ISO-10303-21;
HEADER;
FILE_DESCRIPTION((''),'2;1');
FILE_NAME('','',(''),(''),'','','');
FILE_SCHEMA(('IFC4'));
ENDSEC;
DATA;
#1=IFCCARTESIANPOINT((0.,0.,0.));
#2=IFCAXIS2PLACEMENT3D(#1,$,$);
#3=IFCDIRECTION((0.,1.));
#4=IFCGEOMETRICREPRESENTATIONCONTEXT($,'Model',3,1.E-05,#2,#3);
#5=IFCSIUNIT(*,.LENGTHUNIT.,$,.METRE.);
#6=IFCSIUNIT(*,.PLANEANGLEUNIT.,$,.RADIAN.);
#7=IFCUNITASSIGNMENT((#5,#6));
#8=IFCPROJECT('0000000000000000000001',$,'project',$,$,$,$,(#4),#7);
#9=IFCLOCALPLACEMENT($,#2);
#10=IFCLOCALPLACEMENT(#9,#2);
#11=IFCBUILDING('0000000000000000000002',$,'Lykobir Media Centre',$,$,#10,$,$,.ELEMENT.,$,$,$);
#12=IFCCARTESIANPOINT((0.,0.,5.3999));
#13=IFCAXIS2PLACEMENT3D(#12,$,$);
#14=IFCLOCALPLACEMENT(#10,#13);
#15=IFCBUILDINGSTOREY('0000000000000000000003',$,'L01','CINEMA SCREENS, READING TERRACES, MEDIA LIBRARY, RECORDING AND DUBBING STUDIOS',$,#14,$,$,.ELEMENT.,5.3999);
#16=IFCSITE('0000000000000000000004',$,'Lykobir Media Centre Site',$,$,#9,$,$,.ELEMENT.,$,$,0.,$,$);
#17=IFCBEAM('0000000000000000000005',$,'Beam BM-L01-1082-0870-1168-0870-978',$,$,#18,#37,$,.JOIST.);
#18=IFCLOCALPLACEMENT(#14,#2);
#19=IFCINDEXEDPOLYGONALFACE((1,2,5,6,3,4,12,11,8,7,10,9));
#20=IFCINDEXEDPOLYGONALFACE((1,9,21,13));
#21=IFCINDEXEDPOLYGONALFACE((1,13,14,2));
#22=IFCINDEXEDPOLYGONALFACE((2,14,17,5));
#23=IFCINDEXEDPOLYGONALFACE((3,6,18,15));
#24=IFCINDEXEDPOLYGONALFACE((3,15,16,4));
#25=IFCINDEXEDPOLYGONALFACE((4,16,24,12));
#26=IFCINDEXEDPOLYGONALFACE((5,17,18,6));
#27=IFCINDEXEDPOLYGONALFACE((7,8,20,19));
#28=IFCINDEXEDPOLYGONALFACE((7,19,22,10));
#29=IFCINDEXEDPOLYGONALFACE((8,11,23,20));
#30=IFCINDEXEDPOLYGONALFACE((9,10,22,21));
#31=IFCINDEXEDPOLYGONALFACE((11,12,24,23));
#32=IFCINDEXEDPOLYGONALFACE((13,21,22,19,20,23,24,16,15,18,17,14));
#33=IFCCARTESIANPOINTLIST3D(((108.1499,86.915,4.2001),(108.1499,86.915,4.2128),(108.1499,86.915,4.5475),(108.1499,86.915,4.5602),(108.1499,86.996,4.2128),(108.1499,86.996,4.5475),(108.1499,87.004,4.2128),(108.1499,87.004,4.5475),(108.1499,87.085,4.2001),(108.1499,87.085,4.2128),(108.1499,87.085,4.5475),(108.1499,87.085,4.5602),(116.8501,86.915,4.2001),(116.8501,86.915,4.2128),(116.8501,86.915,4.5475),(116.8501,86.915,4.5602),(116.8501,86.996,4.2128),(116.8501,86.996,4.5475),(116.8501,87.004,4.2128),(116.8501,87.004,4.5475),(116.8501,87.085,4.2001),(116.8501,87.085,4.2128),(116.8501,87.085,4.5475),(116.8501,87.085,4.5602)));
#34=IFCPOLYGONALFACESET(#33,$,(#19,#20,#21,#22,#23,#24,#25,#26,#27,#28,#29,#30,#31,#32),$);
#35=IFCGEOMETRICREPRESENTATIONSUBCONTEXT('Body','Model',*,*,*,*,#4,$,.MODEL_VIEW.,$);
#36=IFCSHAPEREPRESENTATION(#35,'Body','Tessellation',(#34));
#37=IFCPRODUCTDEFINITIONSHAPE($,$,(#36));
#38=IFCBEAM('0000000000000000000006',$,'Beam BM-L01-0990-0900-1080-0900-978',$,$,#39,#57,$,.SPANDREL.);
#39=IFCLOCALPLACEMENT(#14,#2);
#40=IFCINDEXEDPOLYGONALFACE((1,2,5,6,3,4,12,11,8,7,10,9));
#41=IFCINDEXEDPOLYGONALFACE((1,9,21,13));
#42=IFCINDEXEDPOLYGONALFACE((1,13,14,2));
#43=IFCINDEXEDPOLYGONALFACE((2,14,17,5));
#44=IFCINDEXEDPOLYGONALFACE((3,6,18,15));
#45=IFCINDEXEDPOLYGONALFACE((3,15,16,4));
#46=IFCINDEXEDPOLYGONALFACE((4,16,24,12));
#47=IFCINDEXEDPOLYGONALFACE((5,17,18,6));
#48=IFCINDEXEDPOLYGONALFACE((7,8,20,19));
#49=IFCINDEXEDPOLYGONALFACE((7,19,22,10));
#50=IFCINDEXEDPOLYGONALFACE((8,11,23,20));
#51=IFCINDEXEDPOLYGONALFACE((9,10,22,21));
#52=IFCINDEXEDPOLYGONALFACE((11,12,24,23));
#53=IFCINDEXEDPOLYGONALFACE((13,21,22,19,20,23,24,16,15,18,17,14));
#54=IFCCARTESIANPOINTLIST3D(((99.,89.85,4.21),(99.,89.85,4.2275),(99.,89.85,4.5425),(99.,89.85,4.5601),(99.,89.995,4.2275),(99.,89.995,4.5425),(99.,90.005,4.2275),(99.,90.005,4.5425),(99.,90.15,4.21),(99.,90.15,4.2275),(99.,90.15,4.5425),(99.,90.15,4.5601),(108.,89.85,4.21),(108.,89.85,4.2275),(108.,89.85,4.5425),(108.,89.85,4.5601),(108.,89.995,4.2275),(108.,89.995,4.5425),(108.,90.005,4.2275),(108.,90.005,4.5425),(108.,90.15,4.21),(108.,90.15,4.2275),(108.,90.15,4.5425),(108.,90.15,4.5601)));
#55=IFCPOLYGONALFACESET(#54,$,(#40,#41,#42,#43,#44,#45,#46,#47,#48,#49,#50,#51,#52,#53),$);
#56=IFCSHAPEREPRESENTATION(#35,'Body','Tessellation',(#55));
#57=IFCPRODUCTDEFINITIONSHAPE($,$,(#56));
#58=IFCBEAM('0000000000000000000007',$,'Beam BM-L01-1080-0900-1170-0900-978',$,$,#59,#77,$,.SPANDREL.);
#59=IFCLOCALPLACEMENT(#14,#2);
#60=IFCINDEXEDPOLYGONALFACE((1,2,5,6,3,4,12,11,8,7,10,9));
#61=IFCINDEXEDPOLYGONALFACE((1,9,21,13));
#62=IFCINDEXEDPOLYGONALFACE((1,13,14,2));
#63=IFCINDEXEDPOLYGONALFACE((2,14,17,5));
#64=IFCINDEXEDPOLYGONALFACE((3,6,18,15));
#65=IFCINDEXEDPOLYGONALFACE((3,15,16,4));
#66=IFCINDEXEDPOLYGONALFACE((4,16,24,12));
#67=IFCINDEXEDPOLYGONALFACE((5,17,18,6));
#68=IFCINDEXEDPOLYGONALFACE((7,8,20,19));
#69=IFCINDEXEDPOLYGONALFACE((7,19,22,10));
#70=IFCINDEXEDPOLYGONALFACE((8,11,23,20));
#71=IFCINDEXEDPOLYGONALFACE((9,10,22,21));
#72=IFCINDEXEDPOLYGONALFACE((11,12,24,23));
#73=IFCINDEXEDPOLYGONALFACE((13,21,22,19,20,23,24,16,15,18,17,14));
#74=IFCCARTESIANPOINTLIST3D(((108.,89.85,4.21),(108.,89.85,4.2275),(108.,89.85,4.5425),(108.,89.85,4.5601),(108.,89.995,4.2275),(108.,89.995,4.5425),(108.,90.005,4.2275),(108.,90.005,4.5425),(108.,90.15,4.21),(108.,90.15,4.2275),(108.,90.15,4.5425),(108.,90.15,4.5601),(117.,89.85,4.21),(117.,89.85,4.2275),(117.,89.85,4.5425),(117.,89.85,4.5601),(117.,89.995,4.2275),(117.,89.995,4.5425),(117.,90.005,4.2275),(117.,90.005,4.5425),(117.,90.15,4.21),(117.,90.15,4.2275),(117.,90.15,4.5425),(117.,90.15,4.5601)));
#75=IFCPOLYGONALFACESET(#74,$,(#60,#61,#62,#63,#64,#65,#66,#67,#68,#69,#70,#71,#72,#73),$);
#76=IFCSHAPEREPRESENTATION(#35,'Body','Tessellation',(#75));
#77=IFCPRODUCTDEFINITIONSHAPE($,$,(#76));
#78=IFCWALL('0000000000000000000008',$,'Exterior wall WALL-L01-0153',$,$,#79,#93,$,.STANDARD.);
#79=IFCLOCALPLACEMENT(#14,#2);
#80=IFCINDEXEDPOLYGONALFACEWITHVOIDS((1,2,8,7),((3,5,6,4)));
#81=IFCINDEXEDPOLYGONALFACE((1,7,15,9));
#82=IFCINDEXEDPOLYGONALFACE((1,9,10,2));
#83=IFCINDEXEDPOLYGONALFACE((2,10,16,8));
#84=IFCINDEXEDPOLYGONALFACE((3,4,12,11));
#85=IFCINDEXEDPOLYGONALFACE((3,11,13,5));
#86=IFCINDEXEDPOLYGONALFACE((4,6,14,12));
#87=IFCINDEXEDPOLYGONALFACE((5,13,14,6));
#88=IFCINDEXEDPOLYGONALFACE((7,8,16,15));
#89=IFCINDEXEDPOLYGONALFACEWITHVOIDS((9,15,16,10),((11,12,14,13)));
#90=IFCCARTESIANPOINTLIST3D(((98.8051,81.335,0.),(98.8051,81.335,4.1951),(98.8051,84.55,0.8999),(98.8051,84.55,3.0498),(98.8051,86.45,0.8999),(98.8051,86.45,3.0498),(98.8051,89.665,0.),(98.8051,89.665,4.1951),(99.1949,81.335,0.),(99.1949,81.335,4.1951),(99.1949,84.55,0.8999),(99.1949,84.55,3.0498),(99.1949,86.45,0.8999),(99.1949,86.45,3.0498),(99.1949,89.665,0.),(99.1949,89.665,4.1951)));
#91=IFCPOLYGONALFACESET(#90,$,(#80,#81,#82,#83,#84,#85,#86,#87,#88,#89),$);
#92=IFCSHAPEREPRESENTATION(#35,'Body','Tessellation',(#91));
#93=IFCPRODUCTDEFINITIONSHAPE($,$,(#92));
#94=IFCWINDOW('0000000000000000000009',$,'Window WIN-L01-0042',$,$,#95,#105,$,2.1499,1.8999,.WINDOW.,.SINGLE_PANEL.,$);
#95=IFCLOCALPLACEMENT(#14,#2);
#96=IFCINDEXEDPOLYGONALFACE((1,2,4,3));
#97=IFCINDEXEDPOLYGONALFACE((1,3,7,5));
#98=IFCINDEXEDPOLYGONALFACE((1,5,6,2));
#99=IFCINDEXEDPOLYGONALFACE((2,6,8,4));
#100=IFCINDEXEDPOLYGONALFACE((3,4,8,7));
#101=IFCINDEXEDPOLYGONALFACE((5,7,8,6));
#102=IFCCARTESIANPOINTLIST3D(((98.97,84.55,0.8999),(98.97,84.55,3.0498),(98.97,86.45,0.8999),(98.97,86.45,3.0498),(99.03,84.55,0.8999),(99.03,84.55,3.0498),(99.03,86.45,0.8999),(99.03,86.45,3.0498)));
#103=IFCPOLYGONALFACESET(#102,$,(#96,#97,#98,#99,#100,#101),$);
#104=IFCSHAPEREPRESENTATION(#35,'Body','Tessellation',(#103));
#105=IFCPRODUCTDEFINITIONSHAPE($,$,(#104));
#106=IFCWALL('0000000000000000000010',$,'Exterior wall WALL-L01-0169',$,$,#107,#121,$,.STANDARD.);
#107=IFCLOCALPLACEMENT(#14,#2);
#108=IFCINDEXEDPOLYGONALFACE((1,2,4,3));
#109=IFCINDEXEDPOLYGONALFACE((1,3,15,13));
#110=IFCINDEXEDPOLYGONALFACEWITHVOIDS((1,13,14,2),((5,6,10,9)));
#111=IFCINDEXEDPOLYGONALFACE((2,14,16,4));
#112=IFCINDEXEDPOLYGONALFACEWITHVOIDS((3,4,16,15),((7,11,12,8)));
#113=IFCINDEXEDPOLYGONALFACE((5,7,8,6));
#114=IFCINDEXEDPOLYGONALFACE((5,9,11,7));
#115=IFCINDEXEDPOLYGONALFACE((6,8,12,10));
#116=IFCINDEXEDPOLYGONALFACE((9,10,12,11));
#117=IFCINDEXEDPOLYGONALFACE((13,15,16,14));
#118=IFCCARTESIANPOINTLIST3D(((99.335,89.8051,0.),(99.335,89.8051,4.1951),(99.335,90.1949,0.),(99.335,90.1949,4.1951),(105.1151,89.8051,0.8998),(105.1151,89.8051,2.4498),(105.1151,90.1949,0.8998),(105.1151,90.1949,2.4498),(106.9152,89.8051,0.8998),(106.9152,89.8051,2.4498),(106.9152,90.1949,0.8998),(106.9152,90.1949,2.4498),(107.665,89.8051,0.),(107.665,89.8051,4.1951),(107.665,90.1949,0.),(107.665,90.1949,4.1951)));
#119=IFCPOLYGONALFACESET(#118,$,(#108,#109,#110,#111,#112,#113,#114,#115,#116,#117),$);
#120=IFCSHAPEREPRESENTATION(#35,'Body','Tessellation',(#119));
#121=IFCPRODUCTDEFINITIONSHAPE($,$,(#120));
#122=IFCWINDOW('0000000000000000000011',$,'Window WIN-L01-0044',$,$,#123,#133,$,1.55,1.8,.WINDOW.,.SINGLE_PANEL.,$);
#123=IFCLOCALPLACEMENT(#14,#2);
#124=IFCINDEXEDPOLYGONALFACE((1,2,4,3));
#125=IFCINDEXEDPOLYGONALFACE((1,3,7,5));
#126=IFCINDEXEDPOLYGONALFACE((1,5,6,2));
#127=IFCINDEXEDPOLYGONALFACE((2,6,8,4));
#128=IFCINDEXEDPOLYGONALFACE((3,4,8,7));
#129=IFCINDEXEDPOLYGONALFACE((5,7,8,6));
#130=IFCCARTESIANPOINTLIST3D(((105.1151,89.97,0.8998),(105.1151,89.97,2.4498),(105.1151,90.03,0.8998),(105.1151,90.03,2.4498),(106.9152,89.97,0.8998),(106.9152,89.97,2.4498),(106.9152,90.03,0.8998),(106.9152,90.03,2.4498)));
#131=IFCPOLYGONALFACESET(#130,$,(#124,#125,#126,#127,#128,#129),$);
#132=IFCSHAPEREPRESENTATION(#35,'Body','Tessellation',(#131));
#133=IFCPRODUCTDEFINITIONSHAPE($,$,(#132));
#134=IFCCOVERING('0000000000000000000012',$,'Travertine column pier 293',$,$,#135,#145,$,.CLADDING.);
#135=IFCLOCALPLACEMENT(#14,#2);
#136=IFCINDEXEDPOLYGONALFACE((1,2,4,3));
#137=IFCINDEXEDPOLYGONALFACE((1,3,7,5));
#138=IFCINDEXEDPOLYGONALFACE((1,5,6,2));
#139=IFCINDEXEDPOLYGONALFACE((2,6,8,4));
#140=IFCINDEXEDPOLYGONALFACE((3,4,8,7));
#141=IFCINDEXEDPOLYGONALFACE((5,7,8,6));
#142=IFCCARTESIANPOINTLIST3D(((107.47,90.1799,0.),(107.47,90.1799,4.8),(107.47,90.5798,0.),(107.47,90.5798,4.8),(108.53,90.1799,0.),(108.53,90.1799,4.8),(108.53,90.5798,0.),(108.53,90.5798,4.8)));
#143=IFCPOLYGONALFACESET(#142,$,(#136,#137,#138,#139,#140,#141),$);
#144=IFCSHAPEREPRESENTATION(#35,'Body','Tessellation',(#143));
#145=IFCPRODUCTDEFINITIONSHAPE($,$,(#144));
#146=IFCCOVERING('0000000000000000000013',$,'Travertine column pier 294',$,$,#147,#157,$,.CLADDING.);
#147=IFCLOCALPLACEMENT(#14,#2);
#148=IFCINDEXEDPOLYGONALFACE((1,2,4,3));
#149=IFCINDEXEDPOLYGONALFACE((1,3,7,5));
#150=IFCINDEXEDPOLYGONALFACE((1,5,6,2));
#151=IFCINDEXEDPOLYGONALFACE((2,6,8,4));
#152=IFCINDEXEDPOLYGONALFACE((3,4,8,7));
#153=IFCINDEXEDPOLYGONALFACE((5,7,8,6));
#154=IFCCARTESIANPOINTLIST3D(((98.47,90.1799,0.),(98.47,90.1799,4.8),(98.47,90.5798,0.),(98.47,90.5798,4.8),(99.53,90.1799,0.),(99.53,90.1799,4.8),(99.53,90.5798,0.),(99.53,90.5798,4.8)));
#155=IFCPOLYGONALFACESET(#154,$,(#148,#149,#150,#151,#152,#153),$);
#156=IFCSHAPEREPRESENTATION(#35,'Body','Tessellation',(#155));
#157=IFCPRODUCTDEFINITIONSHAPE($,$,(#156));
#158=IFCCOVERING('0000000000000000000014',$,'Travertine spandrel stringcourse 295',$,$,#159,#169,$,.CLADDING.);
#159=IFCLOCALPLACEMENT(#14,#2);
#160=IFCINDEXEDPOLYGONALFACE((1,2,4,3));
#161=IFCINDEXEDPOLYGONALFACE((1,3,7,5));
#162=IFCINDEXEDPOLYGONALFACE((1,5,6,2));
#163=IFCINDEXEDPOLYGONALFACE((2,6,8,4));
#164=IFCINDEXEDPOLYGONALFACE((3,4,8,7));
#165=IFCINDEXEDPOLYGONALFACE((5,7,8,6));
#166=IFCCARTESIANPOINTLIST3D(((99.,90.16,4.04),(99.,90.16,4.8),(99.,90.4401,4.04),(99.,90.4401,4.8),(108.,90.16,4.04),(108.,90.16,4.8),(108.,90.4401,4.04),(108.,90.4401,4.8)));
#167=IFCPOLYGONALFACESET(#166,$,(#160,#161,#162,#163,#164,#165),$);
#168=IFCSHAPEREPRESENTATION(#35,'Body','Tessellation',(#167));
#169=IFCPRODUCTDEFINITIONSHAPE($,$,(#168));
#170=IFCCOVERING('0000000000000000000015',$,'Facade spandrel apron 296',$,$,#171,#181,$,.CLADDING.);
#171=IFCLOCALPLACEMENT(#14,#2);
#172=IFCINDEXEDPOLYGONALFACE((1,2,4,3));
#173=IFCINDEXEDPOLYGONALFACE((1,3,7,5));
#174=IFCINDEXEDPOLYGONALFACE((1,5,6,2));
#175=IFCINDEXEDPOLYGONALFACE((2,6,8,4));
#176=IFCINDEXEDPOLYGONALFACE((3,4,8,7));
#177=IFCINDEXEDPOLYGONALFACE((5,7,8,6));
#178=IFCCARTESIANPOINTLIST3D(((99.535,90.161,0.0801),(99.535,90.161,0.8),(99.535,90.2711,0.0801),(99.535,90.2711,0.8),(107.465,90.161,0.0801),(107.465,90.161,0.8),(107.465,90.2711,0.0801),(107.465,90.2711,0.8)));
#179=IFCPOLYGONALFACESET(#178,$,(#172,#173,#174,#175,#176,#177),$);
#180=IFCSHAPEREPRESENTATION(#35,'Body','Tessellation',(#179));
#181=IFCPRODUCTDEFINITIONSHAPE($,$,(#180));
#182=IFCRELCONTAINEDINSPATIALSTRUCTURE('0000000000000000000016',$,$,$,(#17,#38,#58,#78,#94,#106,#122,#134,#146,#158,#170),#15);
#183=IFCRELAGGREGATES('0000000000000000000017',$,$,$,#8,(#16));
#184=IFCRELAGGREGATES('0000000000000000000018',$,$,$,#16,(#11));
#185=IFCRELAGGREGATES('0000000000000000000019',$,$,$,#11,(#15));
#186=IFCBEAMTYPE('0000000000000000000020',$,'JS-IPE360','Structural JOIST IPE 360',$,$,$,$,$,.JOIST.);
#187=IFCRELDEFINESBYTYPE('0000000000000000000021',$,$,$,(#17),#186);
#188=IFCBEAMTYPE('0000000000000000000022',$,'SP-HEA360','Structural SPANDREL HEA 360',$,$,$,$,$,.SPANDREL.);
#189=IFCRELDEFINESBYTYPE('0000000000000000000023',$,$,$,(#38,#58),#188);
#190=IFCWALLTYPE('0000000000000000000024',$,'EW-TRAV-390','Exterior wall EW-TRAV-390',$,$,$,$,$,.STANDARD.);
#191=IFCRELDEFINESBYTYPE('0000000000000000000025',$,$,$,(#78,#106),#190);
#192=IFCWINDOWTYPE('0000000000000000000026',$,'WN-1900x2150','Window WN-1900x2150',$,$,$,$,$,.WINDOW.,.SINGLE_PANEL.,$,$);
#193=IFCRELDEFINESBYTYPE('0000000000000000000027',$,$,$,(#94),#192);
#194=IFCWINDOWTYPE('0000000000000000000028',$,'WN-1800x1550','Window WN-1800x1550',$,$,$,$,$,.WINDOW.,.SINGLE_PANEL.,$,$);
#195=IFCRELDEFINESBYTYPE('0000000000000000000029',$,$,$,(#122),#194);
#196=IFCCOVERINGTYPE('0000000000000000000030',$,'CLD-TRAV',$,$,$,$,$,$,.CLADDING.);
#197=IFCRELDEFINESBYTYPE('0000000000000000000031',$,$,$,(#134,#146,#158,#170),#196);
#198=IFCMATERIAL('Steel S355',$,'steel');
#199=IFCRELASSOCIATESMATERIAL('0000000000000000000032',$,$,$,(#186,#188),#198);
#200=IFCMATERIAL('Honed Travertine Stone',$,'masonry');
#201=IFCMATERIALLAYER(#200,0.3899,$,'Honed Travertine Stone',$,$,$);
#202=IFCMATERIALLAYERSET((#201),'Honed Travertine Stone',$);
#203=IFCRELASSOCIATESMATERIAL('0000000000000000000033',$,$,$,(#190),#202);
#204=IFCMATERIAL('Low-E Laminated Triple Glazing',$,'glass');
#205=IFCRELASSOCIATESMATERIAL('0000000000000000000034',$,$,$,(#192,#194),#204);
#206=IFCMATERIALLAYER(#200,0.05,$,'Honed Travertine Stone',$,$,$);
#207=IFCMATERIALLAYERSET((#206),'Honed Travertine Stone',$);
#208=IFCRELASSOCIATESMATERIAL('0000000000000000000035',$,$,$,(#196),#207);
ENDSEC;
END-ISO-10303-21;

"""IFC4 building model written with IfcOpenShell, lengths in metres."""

from ifc_helpers import new_model, si_unit, direction, frame, frame_2d, origin, origin_2d, place, context, subcontext, project, spatial, rectangle, i_section, extrude, material, layer, layer_set, material_profile, profile_set, type_object, element, fill, save


model = new_model("IFC4")

# Units and contexts
model_context = context("Model", 3, precision=1e-05, world=origin(), true_north=direction((0.0, 1.0)))
body_context = subcontext(model_context, "Body", "Model", "MODEL_VIEW")
ifc_project = project(units=[si_unit("LENGTHUNIT", "METRE"), si_unit("PLANEANGLEUNIT", "RADIAN")], contexts=[model_context])

# Site, building, storey
site_placement = place(None, origin())
site = spatial("IfcSite", under=ifc_project, at=site_placement, Name="Lykobir Media Centre Site", CompositionType="ELEMENT", RefElevation=0.0)
building_placement = place(site_placement, origin())
building = spatial("IfcBuilding", under=site, at=building_placement, Name="Lykobir Media Centre", CompositionType="ELEMENT")
storey_placement = place(building_placement, frame((0.0, 0.0, 5.3999)))
storey = spatial("IfcBuildingStorey", under=building, at=storey_placement, Name="L01", Description="CINEMA SCREENS, READING TERRACES, MEDIA LIBRARY, RECORDING AND DUBBING STUDIOS", CompositionType="ELEMENT", Elevation=5.3999)

# Beams
ifc_material_1 = material(Name="Steel S355", Category="steel")
ifc_material_profile_1 = material_profile(ifc_material_1, i_section(OverallWidth=0.1699, OverallDepth=0.3601, WebThickness=0.0081, FlangeThickness=0.0127, at=origin_2d()), Name="IPE 360")
ifc_profile_set_1 = profile_set([ifc_material_profile_1], Name="Steel S355")
beam_type_1 = type_object("IfcBeamType", Name="JS-IPE360", Description="Structural JOIST IPE 360", PredefinedType="JOIST", material=ifc_profile_set_1)
for number, where, z_axis, x_axis, name in (
    (1, (108.1499, 87.0, 4.3801), (1.0, 0.0, 0.0), (0.0, 1.0, 0.0), "Beam BM-L01-1082-0870-1168-0870-978"),
):
    element("IfcBeam", number, at=place(storey_placement, frame(where, z_axis=z_axis, x_axis=x_axis)), inside=storey, type_object=beam_type_1, Name=name, PredefinedType="JOIST", context=body_context, shape_type="SweptSolid", body=[
        extrude(i_section(OverallWidth=0.1699, OverallDepth=0.3601, WebThickness=0.0081, FlangeThickness=0.0127, at=origin_2d()), origin(), (0.0, 0.0, 1.0), 8.7002),
    ])
ifc_material_profile_2 = material_profile(ifc_material_1, i_section(OverallWidth=0.3, OverallDepth=0.3501, WebThickness=0.01, FlangeThickness=0.0176, at=origin_2d()), Name="HEA 360")
ifc_profile_set_2 = profile_set([ifc_material_profile_2], Name="Steel S355")
beam_type_2 = type_object("IfcBeamType", Name="SP-HEA360", Description="Structural SPANDREL HEA 360", PredefinedType="SPANDREL", material=ifc_profile_set_2)
for number, where, z_axis, x_axis, name in (
    (2, (99.0, 90.0, 4.385), (1.0, 0.0, 0.0), (0.0, 1.0, 0.0), "Beam BM-L01-0990-0900-1080-0900-978"),
    (3, (108.0, 90.0, 4.385), (1.0, 0.0, 0.0), (0.0, 1.0, 0.0), "Beam BM-L01-1080-0900-1170-0900-978"),
):
    element("IfcBeam", number, at=place(storey_placement, frame(where, z_axis=z_axis, x_axis=x_axis)), inside=storey, type_object=beam_type_2, Name=name, PredefinedType="SPANDREL", context=body_context, shape_type="SweptSolid", body=[
        extrude(i_section(OverallWidth=0.3, OverallDepth=0.3501, WebThickness=0.01, FlangeThickness=0.0176, at=origin_2d()), origin(), (0.0, 0.0, 1.0), 9.0),
    ])

# Walls, openings, windows
ifc_material_2 = material(Name="Honed Travertine Stone", Category="masonry")
ifc_layer_1 = layer(ifc_material_2, 0.3899, Name="Honed Travertine Stone")
ifc_layer_set_1 = layer_set([ifc_layer_1], Name="Honed Travertine Stone")
wall_type = type_object("IfcWallType", Name="EW-TRAV-390", Description="Exterior wall EW-TRAV-390", PredefinedType="STANDARD", material=ifc_layer_set_1)
wall_1_placement = place(storey_placement, frame((99.0, 89.665, 0.0), z_axis=(0.0, 0.0, 1.0), x_axis=(0.0, -1.0, 0.0)))
wall_1 = element("IfcWall", 4, at=wall_1_placement, inside=storey, type_object=wall_type, Name="Exterior wall WALL-L01-0153", PredefinedType="STANDARD", context=body_context, shape_type="SweptSolid", body=[
    extrude(rectangle(XDim=8.3301, YDim=0.3899, at=frame_2d((4.165, 0.0))), origin(), (0.0, 0.0, 1.0), 4.1951),
])
opening_1_placement = place(wall_1_placement, frame((3.2151, 0.0, 0.8999)))
opening_1 = element("IfcOpeningElement", 5, at=opening_1_placement, cuts=wall_1, PredefinedType="OPENING", context=body_context, shape_type="SweptSolid", body=[
    extrude(rectangle(XDim=1.8999, YDim=2.1499, at=frame_2d((0.95, 1.075))), frame((0.0, 0.2048, 0.0), z_axis=(0.0, -1.0, 0.0), x_axis=(1.0, 0.0, 0.0)), (0.0, 0.0, 1.0), 0.4099),
])
ifc_material_3 = material(Name="Low-E Laminated Triple Glazing", Category="glass")
window_type_1 = type_object("IfcWindowType", Name="WN-1900x2150", Description="Window WN-1900x2150", PartitioningType="SINGLE_PANEL", PredefinedType="WINDOW", material=ifc_material_3)
window_1_placement = place(opening_1_placement, origin())
window_1 = element("IfcWindow", 6, at=window_1_placement, inside=storey, type_object=window_type_1, Name="Window WIN-L01-0042", OverallHeight=2.1499, OverallWidth=1.8999, PartitioningType="SINGLE_PANEL", PredefinedType="WINDOW", context=body_context, shape_type="SweptSolid", body=[
    extrude(rectangle(XDim=1.8999, YDim=2.1499, at=frame_2d((0.95, 1.075))), frame((0.0, 0.03, 0.0), z_axis=(0.0, -1.0, 0.0), x_axis=(1.0, 0.0, 0.0)), (0.0, 0.0, 1.0), 0.0601),
])
fill(opening_1, window_1)
wall_2_placement = place(storey_placement, frame((107.665, 90.0, 0.0), z_axis=(0.0, 0.0, 1.0), x_axis=(-1.0, 0.0, 0.0)))
wall_2 = element("IfcWall", 7, at=wall_2_placement, inside=storey, type_object=wall_type, Name="Exterior wall WALL-L01-0169", PredefinedType="STANDARD", context=body_context, shape_type="SweptSolid", body=[
    extrude(rectangle(XDim=8.3301, YDim=0.3899, at=frame_2d((4.165, 0.0))), origin(), (0.0, 0.0, 1.0), 4.1951),
])
opening_2_placement = place(wall_2_placement, frame((0.75, 0.0, 0.8999)))
opening_2 = element("IfcOpeningElement", 8, at=opening_2_placement, cuts=wall_2, PredefinedType="OPENING", context=body_context, shape_type="SweptSolid", body=[
    extrude(rectangle(XDim=1.8, YDim=1.55, at=frame_2d((0.8999, 0.7749))), frame((0.0, 0.2048, 0.0), z_axis=(0.0, -1.0, 0.0), x_axis=(1.0, 0.0, 0.0)), (0.0, 0.0, 1.0), 0.4099),
])
window_type_2 = type_object("IfcWindowType", Name="WN-1800x1550", Description="Window WN-1800x1550", PartitioningType="SINGLE_PANEL", PredefinedType="WINDOW", material=ifc_material_3)
window_2_placement = place(opening_2_placement, origin())
window_2 = element("IfcWindow", 9, at=window_2_placement, inside=storey, type_object=window_type_2, Name="Window WIN-L01-0044", OverallHeight=1.55, OverallWidth=1.8, PartitioningType="SINGLE_PANEL", PredefinedType="WINDOW", context=body_context, shape_type="SweptSolid", body=[
    extrude(rectangle(XDim=1.8, YDim=1.55, at=frame_2d((0.8999, 0.7749))), frame((0.0, 0.03, 0.0), z_axis=(0.0, -1.0, 0.0), x_axis=(1.0, 0.0, 0.0)), (0.0, 0.0, 1.0), 0.0601),
])
fill(opening_2, window_2)

# Coverings
ifc_layer_2 = layer(ifc_material_2, 0.05, Name="Honed Travertine Stone")
ifc_layer_set_2 = layer_set([ifc_layer_2], Name="Honed Travertine Stone")
covering_type = type_object("IfcCoveringType", Name="CLD-TRAV", PredefinedType="CLADDING", material=ifc_layer_set_2)
for number, where, z_axis, x_axis, name in (
    (10, (108.0, 90.3799, 0.0), (0.0, 0.0, 1.0), (-1.0, 0.0, 0.0), "Travertine column pier 293"),
    (11, (99.0, 90.3799, 0.0), (0.0, 0.0, 1.0), (-1.0, 0.0, 0.0), "Travertine column pier 294"),
):
    element("IfcCovering", number, at=place(storey_placement, frame(where, z_axis=z_axis, x_axis=x_axis)), inside=storey, type_object=covering_type, Name=name, PredefinedType="CLADDING", context=body_context, shape_type="SweptSolid", body=[
        extrude(rectangle(XDim=1.0601, YDim=0.3999, at=origin_2d()), origin(), (0.0, 0.0, 1.0), 4.8),
    ])
covering_1_placement = place(storey_placement, frame((103.5, 90.3, 4.04), z_axis=(0.0, 0.0, 1.0), x_axis=(-1.0, 0.0, 0.0)))
element("IfcCovering", 12, at=covering_1_placement, inside=storey, type_object=covering_type, Name="Travertine spandrel stringcourse 295", PredefinedType="CLADDING", context=body_context, shape_type="SweptSolid", body=[
    extrude(rectangle(XDim=9.0, YDim=0.28, at=origin_2d()), origin(), (0.0, 0.0, 1.0), 0.76),
])
covering_2_placement = place(storey_placement, frame((103.5, 90.2161, 0.0801), z_axis=(0.0, 0.0, 1.0), x_axis=(-1.0, 0.0, 0.0)))
element("IfcCovering", 13, at=covering_2_placement, inside=storey, type_object=covering_type, Name="Facade spandrel apron 296", PredefinedType="CLADDING", context=body_context, shape_type="SweptSolid", body=[
    extrude(rectangle(XDim=7.9299, YDim=0.1101, at=origin_2d()), origin(), (0.0, 0.0, 1.0), 0.72),
])

save(model, "model.ifc")
